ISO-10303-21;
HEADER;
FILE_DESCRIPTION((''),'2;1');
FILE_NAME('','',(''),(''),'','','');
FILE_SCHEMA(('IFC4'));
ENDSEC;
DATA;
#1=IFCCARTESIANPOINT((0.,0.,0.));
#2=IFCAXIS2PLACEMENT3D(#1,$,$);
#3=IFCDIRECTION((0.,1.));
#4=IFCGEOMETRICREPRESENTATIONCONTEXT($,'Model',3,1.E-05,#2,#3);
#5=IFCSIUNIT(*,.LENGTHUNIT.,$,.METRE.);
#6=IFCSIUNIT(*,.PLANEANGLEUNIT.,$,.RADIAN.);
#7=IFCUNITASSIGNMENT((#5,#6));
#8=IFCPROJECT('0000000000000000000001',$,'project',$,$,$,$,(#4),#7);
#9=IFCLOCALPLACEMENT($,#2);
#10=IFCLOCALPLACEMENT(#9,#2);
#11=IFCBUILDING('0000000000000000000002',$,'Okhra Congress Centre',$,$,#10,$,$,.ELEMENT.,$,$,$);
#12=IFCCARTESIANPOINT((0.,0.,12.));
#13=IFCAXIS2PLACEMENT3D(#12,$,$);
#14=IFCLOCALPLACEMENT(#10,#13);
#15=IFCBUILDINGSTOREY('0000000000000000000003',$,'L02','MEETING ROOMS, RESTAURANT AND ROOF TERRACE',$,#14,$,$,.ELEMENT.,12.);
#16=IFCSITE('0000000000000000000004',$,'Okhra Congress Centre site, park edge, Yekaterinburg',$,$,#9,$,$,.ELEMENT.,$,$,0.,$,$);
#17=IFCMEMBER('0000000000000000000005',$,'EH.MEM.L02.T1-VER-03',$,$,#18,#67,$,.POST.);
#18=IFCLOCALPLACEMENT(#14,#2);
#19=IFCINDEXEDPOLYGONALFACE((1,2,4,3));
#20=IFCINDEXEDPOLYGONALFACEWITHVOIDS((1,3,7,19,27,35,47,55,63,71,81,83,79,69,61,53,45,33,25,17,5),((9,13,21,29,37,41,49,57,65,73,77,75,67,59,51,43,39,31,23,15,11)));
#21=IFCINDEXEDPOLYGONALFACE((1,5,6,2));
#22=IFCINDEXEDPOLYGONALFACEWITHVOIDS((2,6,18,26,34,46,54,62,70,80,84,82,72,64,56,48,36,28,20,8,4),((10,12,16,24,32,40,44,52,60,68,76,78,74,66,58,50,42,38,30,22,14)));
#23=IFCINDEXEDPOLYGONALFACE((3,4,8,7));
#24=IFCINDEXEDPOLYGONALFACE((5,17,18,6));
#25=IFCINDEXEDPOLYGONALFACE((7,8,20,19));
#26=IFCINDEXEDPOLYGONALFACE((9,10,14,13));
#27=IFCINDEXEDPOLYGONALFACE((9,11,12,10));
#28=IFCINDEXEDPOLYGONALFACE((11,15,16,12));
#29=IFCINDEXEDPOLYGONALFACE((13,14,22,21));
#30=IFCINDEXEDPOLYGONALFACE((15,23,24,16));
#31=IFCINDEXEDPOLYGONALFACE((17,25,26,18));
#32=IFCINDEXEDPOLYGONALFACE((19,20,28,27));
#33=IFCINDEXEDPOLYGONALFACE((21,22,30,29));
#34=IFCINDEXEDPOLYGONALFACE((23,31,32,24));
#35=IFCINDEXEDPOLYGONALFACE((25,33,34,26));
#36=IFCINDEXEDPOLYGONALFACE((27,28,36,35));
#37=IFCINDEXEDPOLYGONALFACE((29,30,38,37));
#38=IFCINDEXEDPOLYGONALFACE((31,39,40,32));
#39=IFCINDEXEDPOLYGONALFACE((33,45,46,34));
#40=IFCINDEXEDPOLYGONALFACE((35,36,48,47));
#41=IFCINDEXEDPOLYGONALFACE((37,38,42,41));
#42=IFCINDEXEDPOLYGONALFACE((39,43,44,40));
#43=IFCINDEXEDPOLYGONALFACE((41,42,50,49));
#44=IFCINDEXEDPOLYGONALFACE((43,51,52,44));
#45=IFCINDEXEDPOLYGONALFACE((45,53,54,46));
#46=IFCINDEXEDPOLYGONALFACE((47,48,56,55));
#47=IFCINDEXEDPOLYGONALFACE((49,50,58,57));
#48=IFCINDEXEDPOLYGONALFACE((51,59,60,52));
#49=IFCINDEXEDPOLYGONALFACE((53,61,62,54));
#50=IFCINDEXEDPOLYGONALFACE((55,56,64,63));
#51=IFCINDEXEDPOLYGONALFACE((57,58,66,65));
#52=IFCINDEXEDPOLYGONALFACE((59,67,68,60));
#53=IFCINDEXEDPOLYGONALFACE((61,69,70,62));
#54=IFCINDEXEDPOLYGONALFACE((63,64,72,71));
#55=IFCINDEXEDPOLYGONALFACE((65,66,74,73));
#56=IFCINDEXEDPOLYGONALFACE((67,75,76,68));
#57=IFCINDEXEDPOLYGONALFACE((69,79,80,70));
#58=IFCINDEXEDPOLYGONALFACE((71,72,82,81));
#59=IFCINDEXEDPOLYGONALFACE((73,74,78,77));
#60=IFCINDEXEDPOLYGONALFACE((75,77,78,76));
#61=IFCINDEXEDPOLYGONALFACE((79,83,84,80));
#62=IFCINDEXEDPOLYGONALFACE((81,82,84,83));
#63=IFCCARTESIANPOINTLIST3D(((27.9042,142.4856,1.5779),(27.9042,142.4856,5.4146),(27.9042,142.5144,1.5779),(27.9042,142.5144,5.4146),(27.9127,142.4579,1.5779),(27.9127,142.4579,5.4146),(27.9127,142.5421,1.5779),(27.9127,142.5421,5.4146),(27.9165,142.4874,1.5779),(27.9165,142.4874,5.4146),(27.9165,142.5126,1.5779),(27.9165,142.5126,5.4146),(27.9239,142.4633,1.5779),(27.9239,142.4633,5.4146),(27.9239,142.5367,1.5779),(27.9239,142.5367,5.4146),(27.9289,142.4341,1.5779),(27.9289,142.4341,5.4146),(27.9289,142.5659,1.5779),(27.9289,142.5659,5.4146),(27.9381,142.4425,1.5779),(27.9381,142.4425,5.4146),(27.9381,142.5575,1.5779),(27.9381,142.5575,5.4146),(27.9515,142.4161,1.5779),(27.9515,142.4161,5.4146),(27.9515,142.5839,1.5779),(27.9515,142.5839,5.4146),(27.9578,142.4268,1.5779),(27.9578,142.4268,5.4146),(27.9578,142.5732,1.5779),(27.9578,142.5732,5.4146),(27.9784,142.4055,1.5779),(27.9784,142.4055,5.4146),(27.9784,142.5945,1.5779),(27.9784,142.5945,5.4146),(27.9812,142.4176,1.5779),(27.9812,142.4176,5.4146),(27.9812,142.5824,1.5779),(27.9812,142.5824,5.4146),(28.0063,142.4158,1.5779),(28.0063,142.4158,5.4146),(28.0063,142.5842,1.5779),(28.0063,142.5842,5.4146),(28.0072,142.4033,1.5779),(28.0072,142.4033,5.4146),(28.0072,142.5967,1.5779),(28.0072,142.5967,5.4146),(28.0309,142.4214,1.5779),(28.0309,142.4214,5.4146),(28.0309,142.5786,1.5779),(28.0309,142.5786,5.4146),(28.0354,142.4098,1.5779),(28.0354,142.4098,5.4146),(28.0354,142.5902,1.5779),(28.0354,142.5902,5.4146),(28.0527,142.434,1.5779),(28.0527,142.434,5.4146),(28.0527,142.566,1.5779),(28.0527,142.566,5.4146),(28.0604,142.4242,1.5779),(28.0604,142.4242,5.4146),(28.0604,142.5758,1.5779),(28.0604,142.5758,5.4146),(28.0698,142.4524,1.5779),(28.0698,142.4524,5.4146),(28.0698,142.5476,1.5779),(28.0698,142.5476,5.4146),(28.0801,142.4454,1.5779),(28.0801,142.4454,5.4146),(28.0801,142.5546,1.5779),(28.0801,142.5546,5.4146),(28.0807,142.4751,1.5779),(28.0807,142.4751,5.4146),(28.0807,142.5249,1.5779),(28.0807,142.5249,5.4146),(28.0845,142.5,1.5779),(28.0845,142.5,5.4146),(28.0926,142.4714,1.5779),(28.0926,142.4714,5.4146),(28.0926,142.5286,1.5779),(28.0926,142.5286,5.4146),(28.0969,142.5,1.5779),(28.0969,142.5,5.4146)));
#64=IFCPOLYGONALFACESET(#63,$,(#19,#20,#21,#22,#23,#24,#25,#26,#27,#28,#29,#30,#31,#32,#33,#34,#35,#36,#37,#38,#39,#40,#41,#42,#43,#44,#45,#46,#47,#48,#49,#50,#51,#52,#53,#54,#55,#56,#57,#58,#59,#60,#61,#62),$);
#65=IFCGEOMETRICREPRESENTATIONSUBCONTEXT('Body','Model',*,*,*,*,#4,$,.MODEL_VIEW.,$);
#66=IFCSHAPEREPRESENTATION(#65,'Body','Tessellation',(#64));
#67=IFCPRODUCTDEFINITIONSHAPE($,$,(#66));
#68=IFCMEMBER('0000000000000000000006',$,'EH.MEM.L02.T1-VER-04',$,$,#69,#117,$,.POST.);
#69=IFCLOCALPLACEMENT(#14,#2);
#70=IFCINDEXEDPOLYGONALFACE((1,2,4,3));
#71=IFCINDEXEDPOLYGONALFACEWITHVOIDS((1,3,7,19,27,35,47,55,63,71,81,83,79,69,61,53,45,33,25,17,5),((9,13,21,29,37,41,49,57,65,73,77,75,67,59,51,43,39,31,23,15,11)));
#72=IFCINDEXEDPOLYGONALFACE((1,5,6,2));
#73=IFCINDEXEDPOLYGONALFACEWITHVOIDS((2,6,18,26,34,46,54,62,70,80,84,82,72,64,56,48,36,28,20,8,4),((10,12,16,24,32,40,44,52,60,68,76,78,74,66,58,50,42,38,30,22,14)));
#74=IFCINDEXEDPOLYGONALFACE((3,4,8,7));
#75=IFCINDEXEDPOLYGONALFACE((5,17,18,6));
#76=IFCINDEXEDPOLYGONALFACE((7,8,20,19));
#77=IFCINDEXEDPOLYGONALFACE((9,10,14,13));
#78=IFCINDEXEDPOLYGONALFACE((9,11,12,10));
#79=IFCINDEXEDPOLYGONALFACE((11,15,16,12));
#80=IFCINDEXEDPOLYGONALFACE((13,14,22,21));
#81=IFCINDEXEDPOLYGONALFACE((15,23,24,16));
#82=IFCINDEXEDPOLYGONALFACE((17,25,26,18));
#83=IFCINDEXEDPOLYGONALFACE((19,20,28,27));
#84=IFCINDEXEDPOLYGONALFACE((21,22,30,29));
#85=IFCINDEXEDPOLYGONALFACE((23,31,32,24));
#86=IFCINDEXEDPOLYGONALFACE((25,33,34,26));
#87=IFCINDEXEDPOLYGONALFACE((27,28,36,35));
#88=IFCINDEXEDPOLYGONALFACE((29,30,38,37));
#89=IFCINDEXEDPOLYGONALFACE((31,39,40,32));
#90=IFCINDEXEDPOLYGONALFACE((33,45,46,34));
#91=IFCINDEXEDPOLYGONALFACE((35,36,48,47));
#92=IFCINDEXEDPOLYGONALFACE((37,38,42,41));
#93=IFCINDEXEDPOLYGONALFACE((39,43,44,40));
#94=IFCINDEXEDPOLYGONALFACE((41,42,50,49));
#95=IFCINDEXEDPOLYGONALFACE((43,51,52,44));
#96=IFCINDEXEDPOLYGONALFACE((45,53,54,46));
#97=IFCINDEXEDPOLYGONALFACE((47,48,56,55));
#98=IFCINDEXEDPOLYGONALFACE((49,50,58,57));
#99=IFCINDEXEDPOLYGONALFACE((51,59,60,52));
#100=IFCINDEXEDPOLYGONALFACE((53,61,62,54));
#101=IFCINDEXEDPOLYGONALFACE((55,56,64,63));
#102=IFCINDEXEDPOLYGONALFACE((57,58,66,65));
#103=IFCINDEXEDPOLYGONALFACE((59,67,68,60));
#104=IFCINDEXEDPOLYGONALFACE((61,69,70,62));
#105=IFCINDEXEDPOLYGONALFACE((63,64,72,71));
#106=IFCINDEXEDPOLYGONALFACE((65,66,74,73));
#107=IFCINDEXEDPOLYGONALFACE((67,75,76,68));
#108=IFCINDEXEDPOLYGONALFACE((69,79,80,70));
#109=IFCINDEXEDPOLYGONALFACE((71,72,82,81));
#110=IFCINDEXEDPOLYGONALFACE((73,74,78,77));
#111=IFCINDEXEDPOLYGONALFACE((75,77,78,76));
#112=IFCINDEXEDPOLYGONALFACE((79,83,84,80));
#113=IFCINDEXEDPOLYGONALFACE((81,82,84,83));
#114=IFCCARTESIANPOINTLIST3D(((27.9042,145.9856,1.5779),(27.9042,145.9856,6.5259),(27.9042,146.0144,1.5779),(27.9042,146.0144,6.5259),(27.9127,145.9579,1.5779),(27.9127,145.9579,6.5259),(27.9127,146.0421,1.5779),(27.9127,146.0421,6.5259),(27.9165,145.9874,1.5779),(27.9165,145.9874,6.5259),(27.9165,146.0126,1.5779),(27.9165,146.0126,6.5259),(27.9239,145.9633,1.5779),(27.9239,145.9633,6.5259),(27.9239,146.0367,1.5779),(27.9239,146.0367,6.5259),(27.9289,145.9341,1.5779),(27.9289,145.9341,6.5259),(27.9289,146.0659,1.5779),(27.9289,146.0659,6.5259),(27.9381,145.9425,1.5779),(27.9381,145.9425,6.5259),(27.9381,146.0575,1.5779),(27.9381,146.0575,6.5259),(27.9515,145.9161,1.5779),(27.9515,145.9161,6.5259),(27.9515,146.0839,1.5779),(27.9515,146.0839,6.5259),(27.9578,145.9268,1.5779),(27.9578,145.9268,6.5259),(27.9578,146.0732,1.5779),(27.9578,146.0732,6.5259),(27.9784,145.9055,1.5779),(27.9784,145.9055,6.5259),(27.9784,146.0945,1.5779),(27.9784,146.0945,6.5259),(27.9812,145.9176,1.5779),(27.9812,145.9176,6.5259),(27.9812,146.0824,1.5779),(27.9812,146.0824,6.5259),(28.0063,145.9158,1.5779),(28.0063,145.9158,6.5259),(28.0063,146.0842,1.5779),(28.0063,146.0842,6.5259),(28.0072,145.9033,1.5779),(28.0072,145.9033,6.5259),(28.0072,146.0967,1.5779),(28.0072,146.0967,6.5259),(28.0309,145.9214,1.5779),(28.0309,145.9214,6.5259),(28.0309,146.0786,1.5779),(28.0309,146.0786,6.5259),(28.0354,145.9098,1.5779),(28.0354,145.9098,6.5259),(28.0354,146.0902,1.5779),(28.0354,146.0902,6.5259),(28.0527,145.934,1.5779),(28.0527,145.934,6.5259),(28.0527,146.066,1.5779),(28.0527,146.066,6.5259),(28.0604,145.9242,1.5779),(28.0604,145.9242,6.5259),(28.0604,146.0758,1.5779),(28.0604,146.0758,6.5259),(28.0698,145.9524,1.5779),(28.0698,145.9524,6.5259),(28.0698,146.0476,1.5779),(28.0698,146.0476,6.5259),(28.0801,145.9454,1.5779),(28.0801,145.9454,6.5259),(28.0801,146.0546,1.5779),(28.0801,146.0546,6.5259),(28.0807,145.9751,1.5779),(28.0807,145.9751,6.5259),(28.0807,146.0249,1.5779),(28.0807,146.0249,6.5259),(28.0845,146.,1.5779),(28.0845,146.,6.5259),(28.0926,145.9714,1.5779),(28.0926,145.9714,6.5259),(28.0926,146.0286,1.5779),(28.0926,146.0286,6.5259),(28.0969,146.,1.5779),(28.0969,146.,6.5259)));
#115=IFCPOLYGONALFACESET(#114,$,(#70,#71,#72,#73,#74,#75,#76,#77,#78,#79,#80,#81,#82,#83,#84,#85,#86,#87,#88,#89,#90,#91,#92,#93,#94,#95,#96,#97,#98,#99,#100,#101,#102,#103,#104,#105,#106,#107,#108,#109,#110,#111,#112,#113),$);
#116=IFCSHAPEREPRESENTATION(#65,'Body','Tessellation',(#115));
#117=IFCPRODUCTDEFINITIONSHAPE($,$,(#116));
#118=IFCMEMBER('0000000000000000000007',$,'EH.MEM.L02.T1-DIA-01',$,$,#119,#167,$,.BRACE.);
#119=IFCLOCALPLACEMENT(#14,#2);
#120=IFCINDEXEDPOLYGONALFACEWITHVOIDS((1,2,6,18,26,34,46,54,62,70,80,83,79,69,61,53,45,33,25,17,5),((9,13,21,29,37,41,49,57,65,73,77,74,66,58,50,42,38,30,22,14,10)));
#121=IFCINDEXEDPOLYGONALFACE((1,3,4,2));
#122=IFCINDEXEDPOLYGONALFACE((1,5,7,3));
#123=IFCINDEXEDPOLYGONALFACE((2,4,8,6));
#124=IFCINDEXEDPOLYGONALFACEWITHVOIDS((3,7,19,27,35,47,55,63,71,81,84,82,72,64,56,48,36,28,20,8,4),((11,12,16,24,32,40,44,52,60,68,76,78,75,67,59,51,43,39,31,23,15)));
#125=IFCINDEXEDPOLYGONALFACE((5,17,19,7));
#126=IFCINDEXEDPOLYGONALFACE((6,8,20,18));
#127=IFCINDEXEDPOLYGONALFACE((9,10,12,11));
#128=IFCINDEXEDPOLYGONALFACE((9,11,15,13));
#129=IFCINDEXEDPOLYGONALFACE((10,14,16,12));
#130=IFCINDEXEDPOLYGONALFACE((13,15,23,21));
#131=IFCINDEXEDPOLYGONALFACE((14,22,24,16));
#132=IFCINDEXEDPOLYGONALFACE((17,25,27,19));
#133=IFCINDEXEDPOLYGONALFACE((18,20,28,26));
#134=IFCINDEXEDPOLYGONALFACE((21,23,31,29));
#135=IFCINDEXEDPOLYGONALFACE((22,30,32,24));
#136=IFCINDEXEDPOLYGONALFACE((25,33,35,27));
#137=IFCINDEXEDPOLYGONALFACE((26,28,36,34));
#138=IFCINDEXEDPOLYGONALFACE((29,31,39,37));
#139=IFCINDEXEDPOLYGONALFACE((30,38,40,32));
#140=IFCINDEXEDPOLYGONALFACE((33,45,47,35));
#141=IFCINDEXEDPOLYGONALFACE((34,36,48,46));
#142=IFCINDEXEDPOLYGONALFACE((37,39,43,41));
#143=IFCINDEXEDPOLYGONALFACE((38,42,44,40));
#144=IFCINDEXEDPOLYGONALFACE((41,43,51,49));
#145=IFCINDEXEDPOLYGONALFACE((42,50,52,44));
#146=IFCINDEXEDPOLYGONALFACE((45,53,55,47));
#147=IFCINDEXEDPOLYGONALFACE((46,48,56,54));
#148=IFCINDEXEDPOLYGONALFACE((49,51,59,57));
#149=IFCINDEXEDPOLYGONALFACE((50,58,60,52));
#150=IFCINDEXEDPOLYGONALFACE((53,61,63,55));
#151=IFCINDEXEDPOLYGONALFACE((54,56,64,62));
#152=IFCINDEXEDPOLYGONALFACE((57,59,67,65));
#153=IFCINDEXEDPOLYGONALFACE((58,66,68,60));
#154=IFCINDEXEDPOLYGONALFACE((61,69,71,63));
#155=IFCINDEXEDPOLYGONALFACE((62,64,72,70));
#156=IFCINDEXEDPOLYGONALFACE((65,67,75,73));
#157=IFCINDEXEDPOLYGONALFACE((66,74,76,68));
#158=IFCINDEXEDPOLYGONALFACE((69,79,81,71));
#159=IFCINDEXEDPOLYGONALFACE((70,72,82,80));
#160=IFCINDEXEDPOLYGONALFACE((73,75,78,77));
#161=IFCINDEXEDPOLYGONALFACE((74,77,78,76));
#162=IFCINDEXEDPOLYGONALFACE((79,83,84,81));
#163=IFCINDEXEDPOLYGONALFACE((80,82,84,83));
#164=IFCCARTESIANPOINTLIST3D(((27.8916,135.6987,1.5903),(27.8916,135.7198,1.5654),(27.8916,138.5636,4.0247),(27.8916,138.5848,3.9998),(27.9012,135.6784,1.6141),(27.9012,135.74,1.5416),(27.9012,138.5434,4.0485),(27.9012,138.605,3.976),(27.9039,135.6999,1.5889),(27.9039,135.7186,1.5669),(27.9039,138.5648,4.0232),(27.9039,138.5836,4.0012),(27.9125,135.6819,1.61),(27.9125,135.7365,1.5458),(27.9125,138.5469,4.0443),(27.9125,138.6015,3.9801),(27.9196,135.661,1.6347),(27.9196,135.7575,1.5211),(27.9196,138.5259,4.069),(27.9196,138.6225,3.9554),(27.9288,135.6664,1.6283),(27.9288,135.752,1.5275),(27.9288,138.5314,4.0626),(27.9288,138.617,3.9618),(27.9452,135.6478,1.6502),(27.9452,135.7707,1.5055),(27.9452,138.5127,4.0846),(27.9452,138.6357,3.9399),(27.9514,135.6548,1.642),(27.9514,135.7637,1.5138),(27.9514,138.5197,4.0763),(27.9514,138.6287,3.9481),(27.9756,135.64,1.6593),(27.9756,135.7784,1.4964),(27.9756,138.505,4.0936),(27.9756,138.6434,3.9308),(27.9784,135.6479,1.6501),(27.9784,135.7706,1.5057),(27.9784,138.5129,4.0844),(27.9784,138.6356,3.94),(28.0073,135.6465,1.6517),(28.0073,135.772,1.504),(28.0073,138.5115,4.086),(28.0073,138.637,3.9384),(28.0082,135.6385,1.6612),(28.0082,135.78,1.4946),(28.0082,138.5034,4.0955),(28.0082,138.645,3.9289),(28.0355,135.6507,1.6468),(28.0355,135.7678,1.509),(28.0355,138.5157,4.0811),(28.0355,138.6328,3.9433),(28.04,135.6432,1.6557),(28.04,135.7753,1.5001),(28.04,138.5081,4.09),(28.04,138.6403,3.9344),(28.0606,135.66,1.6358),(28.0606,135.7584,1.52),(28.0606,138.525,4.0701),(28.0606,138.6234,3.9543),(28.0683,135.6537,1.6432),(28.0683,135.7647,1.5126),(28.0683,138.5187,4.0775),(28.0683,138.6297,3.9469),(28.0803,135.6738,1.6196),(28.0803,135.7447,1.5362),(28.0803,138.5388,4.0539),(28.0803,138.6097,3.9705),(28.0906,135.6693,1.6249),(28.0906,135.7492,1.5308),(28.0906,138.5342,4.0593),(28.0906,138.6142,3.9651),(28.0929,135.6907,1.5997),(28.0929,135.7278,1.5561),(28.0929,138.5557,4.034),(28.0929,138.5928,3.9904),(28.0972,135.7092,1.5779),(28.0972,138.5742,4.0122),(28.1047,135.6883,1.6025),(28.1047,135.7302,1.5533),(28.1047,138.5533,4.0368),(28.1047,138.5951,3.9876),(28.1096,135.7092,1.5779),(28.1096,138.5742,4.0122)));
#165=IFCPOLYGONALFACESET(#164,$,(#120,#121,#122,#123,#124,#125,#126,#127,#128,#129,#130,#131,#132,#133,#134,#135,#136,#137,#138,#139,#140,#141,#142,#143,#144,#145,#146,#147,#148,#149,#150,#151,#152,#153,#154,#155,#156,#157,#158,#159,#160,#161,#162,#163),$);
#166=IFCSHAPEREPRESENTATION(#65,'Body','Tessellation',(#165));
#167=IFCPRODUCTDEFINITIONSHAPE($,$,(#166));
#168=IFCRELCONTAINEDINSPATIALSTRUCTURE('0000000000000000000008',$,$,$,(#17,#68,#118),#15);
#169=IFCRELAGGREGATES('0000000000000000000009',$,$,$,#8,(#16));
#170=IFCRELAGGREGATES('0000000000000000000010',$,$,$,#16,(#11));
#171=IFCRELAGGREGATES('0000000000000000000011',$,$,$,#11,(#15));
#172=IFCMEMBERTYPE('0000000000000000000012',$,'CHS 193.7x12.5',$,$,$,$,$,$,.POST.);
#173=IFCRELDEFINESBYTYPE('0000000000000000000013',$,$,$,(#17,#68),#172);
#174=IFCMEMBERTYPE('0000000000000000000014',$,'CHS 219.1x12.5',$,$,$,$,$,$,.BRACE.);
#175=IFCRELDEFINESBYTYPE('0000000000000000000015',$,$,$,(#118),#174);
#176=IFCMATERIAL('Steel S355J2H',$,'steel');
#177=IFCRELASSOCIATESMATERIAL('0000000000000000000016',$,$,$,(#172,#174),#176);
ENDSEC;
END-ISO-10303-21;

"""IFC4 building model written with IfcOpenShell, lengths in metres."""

from ifc_helpers import new_model, si_unit, direction, frame, origin, origin_2d, place, context, subcontext, project, spatial, hollow_circle, extrude, material, material_profile, profile_set, type_object, element, save


model = new_model("IFC4")

# Units and contexts
model_context = context("Model", 3, precision=1e-05, world=origin(), true_north=direction((0.0, 1.0)))
body_context = subcontext(model_context, "Body", "Model", "MODEL_VIEW")
ifc_project = project(units=[si_unit("LENGTHUNIT", "METRE"), si_unit("PLANEANGLEUNIT", "RADIAN")], contexts=[model_context])

# Site, building, storey
site_placement = place(None, origin())
site = spatial("IfcSite", under=ifc_project, at=site_placement, Name="Okhra Congress Centre site, park edge, Yekaterinburg", CompositionType="ELEMENT", RefElevation=0.0)
building_placement = place(site_placement, origin())
building = spatial("IfcBuilding", under=site, at=building_placement, Name="Okhra Congress Centre", CompositionType="ELEMENT")
storey_placement = place(building_placement, frame((0.0, 0.0, 12.0)))
storey = spatial("IfcBuildingStorey", under=building, at=storey_placement, Name="L02", Description="MEETING ROOMS, RESTAURANT AND ROOF TERRACE", CompositionType="ELEMENT", Elevation=12.0)

# Members
ifc_material_1 = material(Name="Steel S355J2H", Category="steel")
ifc_material_profile_1 = material_profile(ifc_material_1, hollow_circle(Radius=0.0969, WallThickness=0.0125, at=origin_2d()), Name="CHS 193.7x12.5")
ifc_profile_set_1 = profile_set([ifc_material_profile_1], Name="Steel S355J2H")
member_type_1 = type_object("IfcMemberType", Name="CHS 193.7x12.5", PredefinedType="POST", material=ifc_profile_set_1)
member_1_placement = place(storey_placement, frame((28.0, 142.5, 1.5779), z_axis=(0.0, 0.0, 1.0), x_axis=(1.0, 0.0, 0.0)))
element("IfcMember", 1, at=member_1_placement, inside=storey, type_object=member_type_1, Name="EH.MEM.L02.T1-VER-03", PredefinedType="POST", context=body_context, shape_type="SweptSolid", body=[
    extrude(hollow_circle(Radius=0.0969, WallThickness=0.0125, at=origin_2d()), origin(), (0.0, 0.0, 1.0), 3.8367),
])
member_2_placement = place(storey_placement, frame((28.0, 146.0, 1.5779), z_axis=(0.0, 0.0, 1.0), x_axis=(1.0, 0.0, 0.0)))
element("IfcMember", 2, at=member_2_placement, inside=storey, type_object=member_type_1, Name="EH.MEM.L02.T1-VER-04", PredefinedType="POST", context=body_context, shape_type="SweptSolid", body=[
    extrude(hollow_circle(Radius=0.0969, WallThickness=0.0125, at=origin_2d()), origin(), (0.0, 0.0, 1.0), 4.948),
])
ifc_material_profile_2 = material_profile(ifc_material_1, hollow_circle(Radius=0.1096, WallThickness=0.0125, at=origin_2d()), Name="CHS 219.1x12.5")
ifc_profile_set_2 = profile_set([ifc_material_profile_2], Name="Steel S355J2H")
member_type_2 = type_object("IfcMemberType", Name="CHS 219.1x12.5", PredefinedType="BRACE", material=ifc_profile_set_2)
member_3_placement = place(storey_placement, frame((28.0, 138.5742, 4.0122), z_axis=(0.0, -0.762059, -0.647507), x_axis=(1.0, 0.0, 0.0)))
element("IfcMember", 3, at=member_3_placement, inside=storey, type_object=member_type_2, Name="EH.MEM.L02.T1-DIA-01", PredefinedType="BRACE", context=body_context, shape_type="SweptSolid", body=[
    extrude(hollow_circle(Radius=0.1096, WallThickness=0.0125, at=origin_2d()), origin(), (0.0, 0.0, 1.0), 3.7595),
])

save(model, "model.ifc")
